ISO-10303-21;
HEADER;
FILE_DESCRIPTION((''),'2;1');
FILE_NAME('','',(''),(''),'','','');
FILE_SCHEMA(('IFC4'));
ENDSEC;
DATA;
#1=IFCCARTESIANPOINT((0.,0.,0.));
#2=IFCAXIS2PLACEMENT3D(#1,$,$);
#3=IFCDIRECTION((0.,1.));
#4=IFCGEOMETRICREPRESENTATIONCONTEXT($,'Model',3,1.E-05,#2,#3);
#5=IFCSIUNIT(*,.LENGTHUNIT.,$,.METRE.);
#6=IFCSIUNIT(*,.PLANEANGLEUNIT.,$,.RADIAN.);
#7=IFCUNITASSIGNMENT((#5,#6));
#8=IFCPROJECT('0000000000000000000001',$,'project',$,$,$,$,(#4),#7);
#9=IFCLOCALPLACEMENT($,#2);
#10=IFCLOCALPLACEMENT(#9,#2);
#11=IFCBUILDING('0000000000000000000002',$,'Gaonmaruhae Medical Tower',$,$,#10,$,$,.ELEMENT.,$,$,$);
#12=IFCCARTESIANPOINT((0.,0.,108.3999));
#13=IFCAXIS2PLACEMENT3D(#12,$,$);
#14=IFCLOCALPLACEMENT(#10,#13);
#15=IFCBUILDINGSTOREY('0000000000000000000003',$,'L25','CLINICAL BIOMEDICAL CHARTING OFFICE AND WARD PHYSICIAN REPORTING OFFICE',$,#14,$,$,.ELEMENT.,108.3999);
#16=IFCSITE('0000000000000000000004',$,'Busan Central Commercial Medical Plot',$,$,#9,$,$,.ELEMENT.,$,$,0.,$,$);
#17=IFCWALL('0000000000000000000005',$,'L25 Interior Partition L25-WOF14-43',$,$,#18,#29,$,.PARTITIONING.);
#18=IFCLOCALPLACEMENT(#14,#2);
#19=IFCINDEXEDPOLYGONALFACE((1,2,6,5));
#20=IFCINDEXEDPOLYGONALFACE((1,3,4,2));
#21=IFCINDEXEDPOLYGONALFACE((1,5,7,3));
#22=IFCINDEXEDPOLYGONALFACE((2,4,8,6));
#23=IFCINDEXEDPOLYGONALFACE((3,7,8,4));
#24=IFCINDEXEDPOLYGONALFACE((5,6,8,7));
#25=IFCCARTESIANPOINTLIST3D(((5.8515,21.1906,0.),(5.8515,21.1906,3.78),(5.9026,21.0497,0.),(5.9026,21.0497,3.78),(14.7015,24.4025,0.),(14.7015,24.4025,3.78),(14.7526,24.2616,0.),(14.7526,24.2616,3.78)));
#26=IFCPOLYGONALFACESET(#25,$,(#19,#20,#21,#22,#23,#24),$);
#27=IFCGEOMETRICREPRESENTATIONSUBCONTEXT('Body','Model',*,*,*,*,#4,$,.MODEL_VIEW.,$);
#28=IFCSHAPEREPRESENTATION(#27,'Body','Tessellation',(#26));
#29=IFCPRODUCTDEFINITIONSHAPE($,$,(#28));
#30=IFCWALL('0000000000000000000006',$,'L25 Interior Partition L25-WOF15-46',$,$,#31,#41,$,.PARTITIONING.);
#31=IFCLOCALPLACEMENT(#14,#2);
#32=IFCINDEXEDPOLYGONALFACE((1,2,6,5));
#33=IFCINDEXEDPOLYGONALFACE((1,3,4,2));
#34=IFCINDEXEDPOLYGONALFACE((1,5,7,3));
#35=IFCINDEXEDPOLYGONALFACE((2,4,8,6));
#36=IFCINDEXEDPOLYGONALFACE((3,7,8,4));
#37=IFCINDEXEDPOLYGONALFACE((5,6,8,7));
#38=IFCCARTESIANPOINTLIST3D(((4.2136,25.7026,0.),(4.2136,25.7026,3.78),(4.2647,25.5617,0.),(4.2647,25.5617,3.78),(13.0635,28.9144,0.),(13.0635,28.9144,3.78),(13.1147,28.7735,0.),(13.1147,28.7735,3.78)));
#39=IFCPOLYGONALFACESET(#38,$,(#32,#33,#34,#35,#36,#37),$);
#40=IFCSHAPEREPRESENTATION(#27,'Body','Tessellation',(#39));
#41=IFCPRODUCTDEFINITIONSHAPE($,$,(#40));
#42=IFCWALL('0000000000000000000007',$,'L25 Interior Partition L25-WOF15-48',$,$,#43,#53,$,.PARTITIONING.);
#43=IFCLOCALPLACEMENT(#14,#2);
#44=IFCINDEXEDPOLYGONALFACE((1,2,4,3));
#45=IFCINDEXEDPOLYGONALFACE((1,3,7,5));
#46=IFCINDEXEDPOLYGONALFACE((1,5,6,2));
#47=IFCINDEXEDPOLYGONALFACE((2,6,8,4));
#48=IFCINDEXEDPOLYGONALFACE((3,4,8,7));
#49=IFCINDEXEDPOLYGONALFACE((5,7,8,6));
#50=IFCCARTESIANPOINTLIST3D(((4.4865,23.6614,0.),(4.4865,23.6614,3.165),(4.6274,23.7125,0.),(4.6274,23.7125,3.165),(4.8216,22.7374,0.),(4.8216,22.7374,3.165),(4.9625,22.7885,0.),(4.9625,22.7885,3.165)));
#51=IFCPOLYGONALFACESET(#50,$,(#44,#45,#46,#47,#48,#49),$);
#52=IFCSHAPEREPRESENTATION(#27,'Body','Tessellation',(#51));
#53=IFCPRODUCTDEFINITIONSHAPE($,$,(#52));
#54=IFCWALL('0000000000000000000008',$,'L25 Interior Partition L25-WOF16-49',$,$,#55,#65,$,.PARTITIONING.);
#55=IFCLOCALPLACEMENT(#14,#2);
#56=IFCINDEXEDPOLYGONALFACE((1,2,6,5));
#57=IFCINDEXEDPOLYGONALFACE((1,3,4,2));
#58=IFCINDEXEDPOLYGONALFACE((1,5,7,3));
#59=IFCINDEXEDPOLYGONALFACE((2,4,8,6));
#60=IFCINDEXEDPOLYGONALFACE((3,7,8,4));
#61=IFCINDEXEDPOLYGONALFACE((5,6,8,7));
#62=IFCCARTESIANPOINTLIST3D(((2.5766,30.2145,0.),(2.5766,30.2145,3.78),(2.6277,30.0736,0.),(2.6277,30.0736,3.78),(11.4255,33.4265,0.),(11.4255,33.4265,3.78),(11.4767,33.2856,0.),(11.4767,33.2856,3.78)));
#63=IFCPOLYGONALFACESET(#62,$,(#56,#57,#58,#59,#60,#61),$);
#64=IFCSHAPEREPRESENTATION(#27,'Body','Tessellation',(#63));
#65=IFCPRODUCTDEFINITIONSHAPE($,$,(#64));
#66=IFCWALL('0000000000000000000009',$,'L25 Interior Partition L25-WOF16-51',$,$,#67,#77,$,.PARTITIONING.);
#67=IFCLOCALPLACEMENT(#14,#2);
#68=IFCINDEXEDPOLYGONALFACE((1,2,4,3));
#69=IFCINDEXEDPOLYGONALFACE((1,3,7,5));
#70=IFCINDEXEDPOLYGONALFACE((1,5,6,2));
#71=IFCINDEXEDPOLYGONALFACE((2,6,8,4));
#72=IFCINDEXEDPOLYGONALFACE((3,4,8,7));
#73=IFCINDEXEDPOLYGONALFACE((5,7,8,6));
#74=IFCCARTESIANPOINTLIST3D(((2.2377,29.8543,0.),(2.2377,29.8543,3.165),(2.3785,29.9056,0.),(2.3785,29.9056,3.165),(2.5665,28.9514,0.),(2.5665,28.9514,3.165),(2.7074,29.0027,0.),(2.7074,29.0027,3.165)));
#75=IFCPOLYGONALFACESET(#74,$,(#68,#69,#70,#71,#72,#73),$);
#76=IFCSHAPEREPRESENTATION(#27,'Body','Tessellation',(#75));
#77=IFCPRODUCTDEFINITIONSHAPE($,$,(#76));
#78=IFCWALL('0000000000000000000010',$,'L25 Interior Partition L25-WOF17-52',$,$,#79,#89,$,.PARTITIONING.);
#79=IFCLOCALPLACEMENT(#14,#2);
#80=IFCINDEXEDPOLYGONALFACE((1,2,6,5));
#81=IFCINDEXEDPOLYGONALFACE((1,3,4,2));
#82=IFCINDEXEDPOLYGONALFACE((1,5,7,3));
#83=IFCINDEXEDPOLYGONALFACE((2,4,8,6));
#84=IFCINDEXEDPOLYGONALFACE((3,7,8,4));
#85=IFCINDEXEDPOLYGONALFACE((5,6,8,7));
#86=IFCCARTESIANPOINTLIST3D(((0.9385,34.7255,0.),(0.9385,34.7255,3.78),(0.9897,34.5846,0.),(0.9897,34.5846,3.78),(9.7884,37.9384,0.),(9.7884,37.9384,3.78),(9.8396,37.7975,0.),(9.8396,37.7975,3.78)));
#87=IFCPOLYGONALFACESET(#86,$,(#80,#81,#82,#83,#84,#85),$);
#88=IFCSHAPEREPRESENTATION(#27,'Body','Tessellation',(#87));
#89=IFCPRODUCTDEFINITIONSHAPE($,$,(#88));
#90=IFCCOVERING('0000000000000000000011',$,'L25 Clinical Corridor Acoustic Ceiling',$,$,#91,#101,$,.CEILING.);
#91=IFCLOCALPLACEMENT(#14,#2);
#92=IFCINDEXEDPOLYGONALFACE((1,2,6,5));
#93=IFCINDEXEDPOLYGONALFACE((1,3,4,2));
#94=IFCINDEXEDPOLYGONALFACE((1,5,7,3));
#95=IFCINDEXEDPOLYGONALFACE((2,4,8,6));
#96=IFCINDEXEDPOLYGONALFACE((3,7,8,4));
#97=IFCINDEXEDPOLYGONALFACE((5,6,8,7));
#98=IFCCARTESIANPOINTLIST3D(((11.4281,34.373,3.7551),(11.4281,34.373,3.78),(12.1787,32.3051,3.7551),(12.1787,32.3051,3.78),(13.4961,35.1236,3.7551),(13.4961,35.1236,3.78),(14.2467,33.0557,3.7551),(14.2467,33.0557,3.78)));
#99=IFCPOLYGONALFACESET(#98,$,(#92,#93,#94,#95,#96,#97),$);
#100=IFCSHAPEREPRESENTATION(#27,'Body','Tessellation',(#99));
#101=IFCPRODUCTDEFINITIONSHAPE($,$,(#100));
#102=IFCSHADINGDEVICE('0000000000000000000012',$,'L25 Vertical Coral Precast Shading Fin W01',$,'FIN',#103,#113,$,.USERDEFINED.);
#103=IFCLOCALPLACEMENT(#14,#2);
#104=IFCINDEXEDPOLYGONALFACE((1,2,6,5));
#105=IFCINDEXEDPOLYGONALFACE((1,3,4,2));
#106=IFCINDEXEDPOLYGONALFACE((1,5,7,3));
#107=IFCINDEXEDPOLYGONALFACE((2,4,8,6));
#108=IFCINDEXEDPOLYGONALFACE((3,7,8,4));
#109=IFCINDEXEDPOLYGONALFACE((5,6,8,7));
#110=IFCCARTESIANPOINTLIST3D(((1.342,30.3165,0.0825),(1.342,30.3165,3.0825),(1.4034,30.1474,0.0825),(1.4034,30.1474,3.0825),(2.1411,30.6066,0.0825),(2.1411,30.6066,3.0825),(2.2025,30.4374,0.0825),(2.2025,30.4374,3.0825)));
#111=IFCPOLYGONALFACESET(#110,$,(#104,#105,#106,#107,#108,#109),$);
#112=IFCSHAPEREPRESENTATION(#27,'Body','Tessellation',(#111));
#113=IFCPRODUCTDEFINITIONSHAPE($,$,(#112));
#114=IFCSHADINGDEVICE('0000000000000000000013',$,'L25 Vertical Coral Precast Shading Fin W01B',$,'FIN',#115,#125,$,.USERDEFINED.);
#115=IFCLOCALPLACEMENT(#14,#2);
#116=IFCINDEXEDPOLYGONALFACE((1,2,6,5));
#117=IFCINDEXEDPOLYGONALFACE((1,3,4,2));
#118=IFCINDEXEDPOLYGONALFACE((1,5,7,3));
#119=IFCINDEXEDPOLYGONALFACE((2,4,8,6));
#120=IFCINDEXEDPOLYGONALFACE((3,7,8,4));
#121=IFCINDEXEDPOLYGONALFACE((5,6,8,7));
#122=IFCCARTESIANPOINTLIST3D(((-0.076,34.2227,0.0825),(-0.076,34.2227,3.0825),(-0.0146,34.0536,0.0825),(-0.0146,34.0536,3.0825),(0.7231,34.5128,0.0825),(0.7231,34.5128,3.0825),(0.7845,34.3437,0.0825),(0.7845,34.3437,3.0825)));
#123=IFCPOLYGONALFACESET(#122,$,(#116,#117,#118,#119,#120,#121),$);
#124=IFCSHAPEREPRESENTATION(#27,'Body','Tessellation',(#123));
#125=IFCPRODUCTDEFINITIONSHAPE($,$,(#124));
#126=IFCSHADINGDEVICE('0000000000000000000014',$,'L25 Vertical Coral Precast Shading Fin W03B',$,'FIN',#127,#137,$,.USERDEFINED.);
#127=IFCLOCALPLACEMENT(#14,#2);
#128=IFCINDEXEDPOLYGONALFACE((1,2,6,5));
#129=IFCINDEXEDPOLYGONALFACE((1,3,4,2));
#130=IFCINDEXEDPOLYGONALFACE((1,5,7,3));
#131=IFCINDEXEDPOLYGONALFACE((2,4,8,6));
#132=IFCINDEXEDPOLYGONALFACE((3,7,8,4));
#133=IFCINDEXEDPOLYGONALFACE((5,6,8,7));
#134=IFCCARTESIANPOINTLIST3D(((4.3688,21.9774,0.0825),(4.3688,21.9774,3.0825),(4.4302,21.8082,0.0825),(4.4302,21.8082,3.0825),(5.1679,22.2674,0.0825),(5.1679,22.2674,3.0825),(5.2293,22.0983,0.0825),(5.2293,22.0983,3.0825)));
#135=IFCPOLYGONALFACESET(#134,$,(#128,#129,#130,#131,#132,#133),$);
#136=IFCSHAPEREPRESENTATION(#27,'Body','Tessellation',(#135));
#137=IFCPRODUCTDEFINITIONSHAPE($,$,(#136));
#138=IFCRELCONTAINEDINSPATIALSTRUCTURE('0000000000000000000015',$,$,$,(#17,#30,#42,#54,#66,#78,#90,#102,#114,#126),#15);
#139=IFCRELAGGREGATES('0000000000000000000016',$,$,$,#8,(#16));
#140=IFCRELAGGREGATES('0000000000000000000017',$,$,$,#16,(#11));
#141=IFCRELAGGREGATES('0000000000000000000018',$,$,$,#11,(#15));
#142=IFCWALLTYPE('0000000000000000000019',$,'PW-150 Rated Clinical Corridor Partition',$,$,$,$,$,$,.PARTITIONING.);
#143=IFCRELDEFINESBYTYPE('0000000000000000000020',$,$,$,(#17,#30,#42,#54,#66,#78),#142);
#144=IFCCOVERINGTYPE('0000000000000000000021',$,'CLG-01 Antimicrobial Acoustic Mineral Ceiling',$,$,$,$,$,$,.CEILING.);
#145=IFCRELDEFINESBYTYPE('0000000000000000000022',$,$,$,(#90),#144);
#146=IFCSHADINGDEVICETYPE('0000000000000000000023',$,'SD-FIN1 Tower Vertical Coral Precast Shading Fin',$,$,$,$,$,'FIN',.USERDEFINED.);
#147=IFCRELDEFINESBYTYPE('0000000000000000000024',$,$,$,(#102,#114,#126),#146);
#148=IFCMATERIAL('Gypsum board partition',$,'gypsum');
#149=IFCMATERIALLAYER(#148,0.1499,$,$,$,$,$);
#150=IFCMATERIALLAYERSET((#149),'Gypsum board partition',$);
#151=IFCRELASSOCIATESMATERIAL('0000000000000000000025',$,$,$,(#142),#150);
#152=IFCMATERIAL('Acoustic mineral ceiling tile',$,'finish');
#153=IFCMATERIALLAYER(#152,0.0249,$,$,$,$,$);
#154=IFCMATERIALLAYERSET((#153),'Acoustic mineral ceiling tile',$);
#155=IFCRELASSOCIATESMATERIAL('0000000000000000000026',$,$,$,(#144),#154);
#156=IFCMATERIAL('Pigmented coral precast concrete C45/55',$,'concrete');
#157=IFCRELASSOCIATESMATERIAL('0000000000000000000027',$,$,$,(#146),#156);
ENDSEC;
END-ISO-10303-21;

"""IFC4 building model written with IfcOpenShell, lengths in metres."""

from ifc_helpers import new_model, si_unit, direction, frame, frame_2d, origin, origin_2d, place, context, subcontext, project, spatial, rectangle, extrude, material, layer, layer_set, type_object, element, save


model = new_model("IFC4")

# Units and contexts
model_context = context("Model", 3, precision=1e-05, world=origin(), true_north=direction((0.0, 1.0)))
body_context = subcontext(model_context, "Body", "Model", "MODEL_VIEW")
ifc_project = project(units=[si_unit("LENGTHUNIT", "METRE"), si_unit("PLANEANGLEUNIT", "RADIAN")], contexts=[model_context])

# Site, building, storey
site_placement = place(None, origin())
site = spatial("IfcSite", under=ifc_project, at=site_placement, Name="Busan Central Commercial Medical Plot", CompositionType="ELEMENT", RefElevation=0.0)
building_placement = place(site_placement, origin())
building = spatial("IfcBuilding", under=site, at=building_placement, Name="Gaonmaruhae Medical Tower", CompositionType="ELEMENT")
storey_placement = place(building_placement, frame((0.0, 0.0, 108.3999)))
storey = spatial("IfcBuildingStorey", under=building, at=storey_placement, Name="L25", Description="CLINICAL BIOMEDICAL CHARTING OFFICE AND WARD PHYSICIAN REPORTING OFFICE", CompositionType="ELEMENT", Elevation=108.3999)

# Walls
ifc_material_1 = material(Name="Gypsum board partition", Category="gypsum")
ifc_layer_1 = layer(ifc_material_1, 0.1499)
ifc_layer_set_1 = layer_set([ifc_layer_1], Name="Gypsum board partition")
wall_type_1 = type_object("IfcWallType", Name="PW-150 Rated Clinical Corridor Partition", PredefinedType="PARTITIONING", material=ifc_layer_set_1)
for number, where, z_axis, x_axis, name in (
    (1, (5.877, 21.1201, 0.0), (0.0, 0.0, 1.0), (0.940008, 0.341152, 0.0), "L25 Interior Partition L25-WOF14-43"),
    (2, (4.239, 25.6321, 0.0), (0.0, 0.0, 1.0), (0.940008, 0.341152, 0.0), "L25 Interior Partition L25-WOF15-46"),
):
    element("IfcWall", number, at=place(storey_placement, frame(where, z_axis=z_axis, x_axis=x_axis)), inside=storey, type_object=wall_type_1, Name=name, PredefinedType="PARTITIONING", context=body_context, shape_type="SweptSolid", body=[
        extrude(rectangle(XDim=9.4148, YDim=0.1499, at=frame_2d((4.7075, 0.0))), origin(), (0.0, 0.0, 1.0), 3.78),
    ])
wall_1_placement = place(storey_placement, frame((4.8921, 22.7629, 0.0), z_axis=(0.0, 0.0, 1.0), x_axis=(-0.341005, 0.940061, 0.0)))
element("IfcWall", 3, at=wall_1_placement, inside=storey, type_object=wall_type_1, Name="L25 Interior Partition L25-WOF15-48", PredefinedType="PARTITIONING", context=body_context, shape_type="SweptSolid", body=[
    extrude(rectangle(XDim=0.9829, YDim=0.1499, at=frame_2d((0.4915, 0.0))), origin(), (0.0, 0.0, 1.0), 3.165),
])
wall_2_placement = place(storey_placement, frame((2.6021, 30.144, 0.0), z_axis=(0.0, 0.0, 1.0), x_axis=(0.939993, 0.341193, 0.0)))
element("IfcWall", 4, at=wall_2_placement, inside=storey, type_object=wall_type_1, Name="L25 Interior Partition L25-WOF16-49", PredefinedType="PARTITIONING", context=body_context, shape_type="SweptSolid", body=[
    extrude(rectangle(XDim=9.4138, YDim=0.1499, at=frame_2d((4.707, 0.0))), origin(), (0.0, 0.0, 1.0), 3.78),
])

# Walls
wall_3_placement = place(storey_placement, frame((2.637, 28.9771, 0.0), z_axis=(0.0, 0.0, 1.0), x_axis=(-0.342253, 0.939608, 0.0)))
element("IfcWall", 5, at=wall_3_placement, inside=storey, type_object=wall_type_1, Name="L25 Interior Partition L25-WOF16-51", PredefinedType="PARTITIONING", context=body_context, shape_type="SweptSolid", body=[
    extrude(rectangle(XDim=0.9609, YDim=0.1499, at=frame_2d((0.4805, 0.0))), origin(), (0.0, 0.0, 1.0), 3.165),
])
wall_4_placement = place(storey_placement, frame((0.9641, 34.655, 0.0), z_axis=(0.0, 0.0, 1.0), x_axis=(0.939972, 0.341252, 0.0)))
element("IfcWall", 6, at=wall_4_placement, inside=storey, type_object=wall_type_1, Name="L25 Interior Partition L25-WOF17-52", PredefinedType="PARTITIONING", context=body_context, shape_type="SweptSolid", body=[
    extrude(rectangle(XDim=9.415, YDim=0.1499, at=frame_2d((4.7075, 0.0))), origin(), (0.0, 0.0, 1.0), 3.78),
])

# Covering
ifc_material_2 = material(Name="Acoustic mineral ceiling tile", Category="finish")
ifc_layer_2 = layer(ifc_material_2, 0.0249)
ifc_layer_set_2 = layer_set([ifc_layer_2], Name="Acoustic mineral ceiling tile")
covering_type = type_object("IfcCoveringType", Name="CLG-01 Antimicrobial Acoustic Mineral Ceiling", PredefinedType="CEILING", material=ifc_layer_set_2)
covering_placement = place(storey_placement, frame((12.8374, 33.7144, 3.7551), z_axis=(0.0, 0.0, 1.0), x_axis=(0.939991, 0.3412, 0.0)))
element("IfcCovering", 7, at=covering_placement, inside=storey, type_object=covering_type, Name="L25 Clinical Corridor Acoustic Ceiling", PredefinedType="CEILING", context=body_context, shape_type="SweptSolid", body=[
    extrude(rectangle(XDim=2.2, YDim=2.2, at=origin_2d()), origin(), (0.0, 0.0, 1.0), 0.0249),
])

# Shading devices
ifc_material_3 = material(Name="Pigmented coral precast concrete C45/55", Category="concrete")
shading_device_type = type_object("IfcShadingDeviceType", Name="SD-FIN1 Tower Vertical Coral Precast Shading Fin", ElementType="FIN", PredefinedType="USERDEFINED", material=ifc_material_3)
for number, where, z_axis, x_axis, name in (
    (8, (1.7722, 30.377, 0.0825), (0.0, 0.0, 1.0), (-0.341216, 0.939985, 0.0), "L25 Vertical Coral Precast Shading Fin W01"),
    (9, (0.3542, 34.2832, 0.0825), (0.0, 0.0, 1.0), (-0.341216, 0.939985, 0.0), "L25 Vertical Coral Precast Shading Fin W01B"),
    (10, (4.7991, 22.0378, 0.0825), (0.0, 0.0, 1.0), (-0.341216, 0.939985, 0.0), "L25 Vertical Coral Precast Shading Fin W03B"),
):
    element("IfcShadingDevice", number, at=place(storey_placement, frame(where, z_axis=z_axis, x_axis=x_axis)), inside=storey, type_object=shading_device_type, Name=name, ObjectType="FIN", PredefinedType="USERDEFINED", context=body_context, shape_type="SweptSolid", body=[
        extrude(rectangle(XDim=0.1799, YDim=0.8501, at=origin_2d()), origin(), (0.0, 0.0, 1.0), 3.0),
    ])

save(model, "model.ifc")
